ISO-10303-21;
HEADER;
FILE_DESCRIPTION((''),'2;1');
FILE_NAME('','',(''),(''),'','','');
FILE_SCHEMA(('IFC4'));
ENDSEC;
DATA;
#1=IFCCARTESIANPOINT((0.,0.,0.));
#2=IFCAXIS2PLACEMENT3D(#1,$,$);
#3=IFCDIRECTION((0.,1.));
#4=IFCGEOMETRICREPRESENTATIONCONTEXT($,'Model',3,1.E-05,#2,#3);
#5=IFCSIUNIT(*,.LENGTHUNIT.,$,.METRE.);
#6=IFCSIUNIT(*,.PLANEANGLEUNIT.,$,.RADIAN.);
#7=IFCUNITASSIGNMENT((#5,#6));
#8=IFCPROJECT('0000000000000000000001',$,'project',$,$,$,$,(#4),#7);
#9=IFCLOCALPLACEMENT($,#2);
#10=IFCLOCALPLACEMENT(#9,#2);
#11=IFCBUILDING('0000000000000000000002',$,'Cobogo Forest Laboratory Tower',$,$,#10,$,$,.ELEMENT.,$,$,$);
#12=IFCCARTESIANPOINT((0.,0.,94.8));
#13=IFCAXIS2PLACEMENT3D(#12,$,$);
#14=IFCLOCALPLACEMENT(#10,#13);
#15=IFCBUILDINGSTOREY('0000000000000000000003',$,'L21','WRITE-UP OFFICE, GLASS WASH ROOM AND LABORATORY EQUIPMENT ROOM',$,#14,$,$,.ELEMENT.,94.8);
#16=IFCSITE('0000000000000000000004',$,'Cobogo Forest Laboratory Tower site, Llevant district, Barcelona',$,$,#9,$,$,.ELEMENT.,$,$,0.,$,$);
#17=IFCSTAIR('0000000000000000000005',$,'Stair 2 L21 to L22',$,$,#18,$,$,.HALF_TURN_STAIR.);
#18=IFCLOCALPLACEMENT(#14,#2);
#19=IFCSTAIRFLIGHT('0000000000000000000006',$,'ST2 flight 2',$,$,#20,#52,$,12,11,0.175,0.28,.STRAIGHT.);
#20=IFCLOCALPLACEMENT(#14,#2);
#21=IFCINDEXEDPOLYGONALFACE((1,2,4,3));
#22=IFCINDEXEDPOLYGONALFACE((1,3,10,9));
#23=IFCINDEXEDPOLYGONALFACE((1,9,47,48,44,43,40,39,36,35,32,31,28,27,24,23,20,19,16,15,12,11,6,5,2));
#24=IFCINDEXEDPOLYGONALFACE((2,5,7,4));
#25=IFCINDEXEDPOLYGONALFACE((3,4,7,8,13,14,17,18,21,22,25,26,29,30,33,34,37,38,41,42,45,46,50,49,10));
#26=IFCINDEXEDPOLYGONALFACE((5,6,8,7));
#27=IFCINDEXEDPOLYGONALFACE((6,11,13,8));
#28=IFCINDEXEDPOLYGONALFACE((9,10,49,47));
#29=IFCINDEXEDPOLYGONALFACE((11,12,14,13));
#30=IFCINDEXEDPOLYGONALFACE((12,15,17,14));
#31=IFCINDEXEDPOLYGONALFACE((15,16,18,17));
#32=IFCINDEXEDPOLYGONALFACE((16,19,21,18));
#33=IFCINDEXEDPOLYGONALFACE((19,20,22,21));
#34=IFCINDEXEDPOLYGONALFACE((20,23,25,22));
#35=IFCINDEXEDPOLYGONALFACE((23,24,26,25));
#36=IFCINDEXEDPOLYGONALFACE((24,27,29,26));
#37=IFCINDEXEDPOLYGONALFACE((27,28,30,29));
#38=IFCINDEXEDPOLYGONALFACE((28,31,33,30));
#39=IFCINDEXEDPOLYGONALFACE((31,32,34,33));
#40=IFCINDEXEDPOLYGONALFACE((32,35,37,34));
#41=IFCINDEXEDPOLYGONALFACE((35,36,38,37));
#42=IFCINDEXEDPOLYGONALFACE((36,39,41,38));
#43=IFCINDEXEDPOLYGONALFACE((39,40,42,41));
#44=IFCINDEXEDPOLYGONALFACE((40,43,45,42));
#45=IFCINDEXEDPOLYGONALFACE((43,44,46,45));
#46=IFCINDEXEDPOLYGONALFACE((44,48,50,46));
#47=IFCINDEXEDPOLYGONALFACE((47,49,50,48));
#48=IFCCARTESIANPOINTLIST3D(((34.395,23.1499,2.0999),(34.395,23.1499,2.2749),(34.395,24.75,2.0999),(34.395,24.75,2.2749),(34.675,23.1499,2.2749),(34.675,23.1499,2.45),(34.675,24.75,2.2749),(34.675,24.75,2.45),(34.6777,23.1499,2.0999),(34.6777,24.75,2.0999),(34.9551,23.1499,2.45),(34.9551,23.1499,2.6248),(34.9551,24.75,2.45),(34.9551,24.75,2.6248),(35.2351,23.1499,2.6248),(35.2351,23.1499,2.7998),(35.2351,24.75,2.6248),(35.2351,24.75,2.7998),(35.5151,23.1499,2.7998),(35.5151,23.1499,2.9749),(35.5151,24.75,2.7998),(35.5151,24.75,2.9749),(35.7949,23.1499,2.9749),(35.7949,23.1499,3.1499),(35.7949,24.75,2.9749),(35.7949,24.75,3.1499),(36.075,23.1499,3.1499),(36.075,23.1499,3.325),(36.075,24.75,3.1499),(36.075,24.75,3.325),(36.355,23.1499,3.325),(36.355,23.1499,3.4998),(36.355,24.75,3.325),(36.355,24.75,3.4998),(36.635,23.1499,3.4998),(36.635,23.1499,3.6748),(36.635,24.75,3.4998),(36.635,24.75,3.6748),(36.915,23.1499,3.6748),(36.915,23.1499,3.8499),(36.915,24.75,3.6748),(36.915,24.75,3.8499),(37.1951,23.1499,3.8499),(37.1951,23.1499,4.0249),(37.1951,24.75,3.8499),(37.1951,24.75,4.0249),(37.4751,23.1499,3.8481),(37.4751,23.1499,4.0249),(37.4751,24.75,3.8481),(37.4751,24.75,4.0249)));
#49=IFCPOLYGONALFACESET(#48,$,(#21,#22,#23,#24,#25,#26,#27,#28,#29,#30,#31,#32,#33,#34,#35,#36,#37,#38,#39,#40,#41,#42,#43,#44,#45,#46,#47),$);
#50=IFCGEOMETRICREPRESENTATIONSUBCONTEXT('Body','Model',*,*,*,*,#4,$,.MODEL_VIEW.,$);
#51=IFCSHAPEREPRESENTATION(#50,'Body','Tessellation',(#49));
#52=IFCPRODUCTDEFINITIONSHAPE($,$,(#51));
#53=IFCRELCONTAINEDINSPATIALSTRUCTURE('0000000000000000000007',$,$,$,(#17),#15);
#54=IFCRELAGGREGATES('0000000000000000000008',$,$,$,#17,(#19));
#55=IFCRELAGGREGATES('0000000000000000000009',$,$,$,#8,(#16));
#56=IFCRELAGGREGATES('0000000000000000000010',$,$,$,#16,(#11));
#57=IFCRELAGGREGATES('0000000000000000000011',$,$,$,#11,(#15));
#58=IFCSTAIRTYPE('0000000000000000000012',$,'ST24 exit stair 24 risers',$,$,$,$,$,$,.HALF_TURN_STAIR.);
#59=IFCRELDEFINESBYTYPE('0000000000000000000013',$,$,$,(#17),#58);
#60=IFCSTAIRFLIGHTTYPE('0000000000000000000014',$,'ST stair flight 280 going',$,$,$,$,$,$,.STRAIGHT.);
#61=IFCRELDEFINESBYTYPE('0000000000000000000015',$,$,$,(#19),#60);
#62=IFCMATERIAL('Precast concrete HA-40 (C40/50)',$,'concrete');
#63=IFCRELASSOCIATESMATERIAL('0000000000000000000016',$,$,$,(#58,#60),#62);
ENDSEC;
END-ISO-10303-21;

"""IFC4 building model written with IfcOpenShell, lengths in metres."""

from ifc_helpers import new_model, si_unit, direction, frame, origin, place, context, subcontext, project, spatial, polyline, outline, extrude, material, type_object, element, aggregate, save


model = new_model("IFC4")

# Units and contexts
model_context = context("Model", 3, precision=1e-05, world=origin(), true_north=direction((0.0, 1.0)))
body_context = subcontext(model_context, "Body", "Model", "MODEL_VIEW")
ifc_project = project(units=[si_unit("LENGTHUNIT", "METRE"), si_unit("PLANEANGLEUNIT", "RADIAN")], contexts=[model_context])

# Site, building, storey
site_placement = place(None, origin())
site = spatial("IfcSite", under=ifc_project, at=site_placement, Name="Cobogo Forest Laboratory Tower site, Llevant district, Barcelona", CompositionType="ELEMENT", RefElevation=0.0)
building_placement = place(site_placement, origin())
building = spatial("IfcBuilding", under=site, at=building_placement, Name="Cobogo Forest Laboratory Tower", CompositionType="ELEMENT")
storey_placement = place(building_placement, frame((0.0, 0.0, 94.8)))
storey = spatial("IfcBuildingStorey", under=building, at=storey_placement, Name="L21", Description="WRITE-UP OFFICE, GLASS WASH ROOM AND LABORATORY EQUIPMENT ROOM", CompositionType="ELEMENT", Elevation=94.8)

# Stair, stair flight
ifc_material_1 = material(Name="Precast concrete HA-40 (C40/50)", Category="concrete")
stair_type = type_object("IfcStairType", Name="ST24 exit stair 24 risers", PredefinedType="HALF_TURN_STAIR", material=ifc_material_1)
stair_placement = place(storey_placement, origin())
stair = element("IfcStair", 1, at=stair_placement, inside=storey, type_object=stair_type, Name="Stair 2 L21 to L22", PredefinedType="HALF_TURN_STAIR")
stair_flight_type = type_object("IfcStairFlightType", Name="ST stair flight 280 going", PredefinedType="STRAIGHT", material=ifc_material_1)
stair_flight_1_placement = place(storey_placement, frame((34.395, 23.95, 2.0999), z_axis=(0.0, 0.0, 1.0), x_axis=(1.0, 0.0, 0.0)))
stair_flight_1 = element("IfcStairFlight", 2, at=stair_flight_1_placement, type_object=stair_flight_type, Name="ST2 flight 2", NumberOfRisers=12, NumberOfTreads=11, PredefinedType="STRAIGHT", RiserHeight=0.175, TreadLength=0.28, context=body_context, shape_type="SweptSolid", body=[
    extrude(outline(polyline([(0.0, 0.0), (0.0, 0.175), (0.28, 0.175), (0.28, 0.3501), (0.5601, 0.3501), (0.5601, 0.5249), (0.8401, 0.5249), (0.8401, 0.7), (1.1201, 0.7), (1.1201, 0.875), (1.3999, 0.875), (1.3999, 1.05), (1.6799, 1.05), (1.6799, 1.2251), (1.96, 1.2251), (1.96, 1.3999), (2.24, 1.3999), (2.24, 1.575), (2.52, 1.575), (2.52, 1.75), (2.8, 1.75), (2.8, 1.925), (3.0801, 1.925), (3.0801, 2.1001), (3.0801, 1.7483), (0.2827, 0.0), (0.0, 0.0)])), frame((0.0, 0.8, 0.0), z_axis=(0.0, -1.0, 0.0), x_axis=(1.0, 0.0, 0.0)), (0.0, 0.0, 1.0), 1.6001),
])
aggregate(stair, [stair_flight_1])

save(model, "model.ifc")
